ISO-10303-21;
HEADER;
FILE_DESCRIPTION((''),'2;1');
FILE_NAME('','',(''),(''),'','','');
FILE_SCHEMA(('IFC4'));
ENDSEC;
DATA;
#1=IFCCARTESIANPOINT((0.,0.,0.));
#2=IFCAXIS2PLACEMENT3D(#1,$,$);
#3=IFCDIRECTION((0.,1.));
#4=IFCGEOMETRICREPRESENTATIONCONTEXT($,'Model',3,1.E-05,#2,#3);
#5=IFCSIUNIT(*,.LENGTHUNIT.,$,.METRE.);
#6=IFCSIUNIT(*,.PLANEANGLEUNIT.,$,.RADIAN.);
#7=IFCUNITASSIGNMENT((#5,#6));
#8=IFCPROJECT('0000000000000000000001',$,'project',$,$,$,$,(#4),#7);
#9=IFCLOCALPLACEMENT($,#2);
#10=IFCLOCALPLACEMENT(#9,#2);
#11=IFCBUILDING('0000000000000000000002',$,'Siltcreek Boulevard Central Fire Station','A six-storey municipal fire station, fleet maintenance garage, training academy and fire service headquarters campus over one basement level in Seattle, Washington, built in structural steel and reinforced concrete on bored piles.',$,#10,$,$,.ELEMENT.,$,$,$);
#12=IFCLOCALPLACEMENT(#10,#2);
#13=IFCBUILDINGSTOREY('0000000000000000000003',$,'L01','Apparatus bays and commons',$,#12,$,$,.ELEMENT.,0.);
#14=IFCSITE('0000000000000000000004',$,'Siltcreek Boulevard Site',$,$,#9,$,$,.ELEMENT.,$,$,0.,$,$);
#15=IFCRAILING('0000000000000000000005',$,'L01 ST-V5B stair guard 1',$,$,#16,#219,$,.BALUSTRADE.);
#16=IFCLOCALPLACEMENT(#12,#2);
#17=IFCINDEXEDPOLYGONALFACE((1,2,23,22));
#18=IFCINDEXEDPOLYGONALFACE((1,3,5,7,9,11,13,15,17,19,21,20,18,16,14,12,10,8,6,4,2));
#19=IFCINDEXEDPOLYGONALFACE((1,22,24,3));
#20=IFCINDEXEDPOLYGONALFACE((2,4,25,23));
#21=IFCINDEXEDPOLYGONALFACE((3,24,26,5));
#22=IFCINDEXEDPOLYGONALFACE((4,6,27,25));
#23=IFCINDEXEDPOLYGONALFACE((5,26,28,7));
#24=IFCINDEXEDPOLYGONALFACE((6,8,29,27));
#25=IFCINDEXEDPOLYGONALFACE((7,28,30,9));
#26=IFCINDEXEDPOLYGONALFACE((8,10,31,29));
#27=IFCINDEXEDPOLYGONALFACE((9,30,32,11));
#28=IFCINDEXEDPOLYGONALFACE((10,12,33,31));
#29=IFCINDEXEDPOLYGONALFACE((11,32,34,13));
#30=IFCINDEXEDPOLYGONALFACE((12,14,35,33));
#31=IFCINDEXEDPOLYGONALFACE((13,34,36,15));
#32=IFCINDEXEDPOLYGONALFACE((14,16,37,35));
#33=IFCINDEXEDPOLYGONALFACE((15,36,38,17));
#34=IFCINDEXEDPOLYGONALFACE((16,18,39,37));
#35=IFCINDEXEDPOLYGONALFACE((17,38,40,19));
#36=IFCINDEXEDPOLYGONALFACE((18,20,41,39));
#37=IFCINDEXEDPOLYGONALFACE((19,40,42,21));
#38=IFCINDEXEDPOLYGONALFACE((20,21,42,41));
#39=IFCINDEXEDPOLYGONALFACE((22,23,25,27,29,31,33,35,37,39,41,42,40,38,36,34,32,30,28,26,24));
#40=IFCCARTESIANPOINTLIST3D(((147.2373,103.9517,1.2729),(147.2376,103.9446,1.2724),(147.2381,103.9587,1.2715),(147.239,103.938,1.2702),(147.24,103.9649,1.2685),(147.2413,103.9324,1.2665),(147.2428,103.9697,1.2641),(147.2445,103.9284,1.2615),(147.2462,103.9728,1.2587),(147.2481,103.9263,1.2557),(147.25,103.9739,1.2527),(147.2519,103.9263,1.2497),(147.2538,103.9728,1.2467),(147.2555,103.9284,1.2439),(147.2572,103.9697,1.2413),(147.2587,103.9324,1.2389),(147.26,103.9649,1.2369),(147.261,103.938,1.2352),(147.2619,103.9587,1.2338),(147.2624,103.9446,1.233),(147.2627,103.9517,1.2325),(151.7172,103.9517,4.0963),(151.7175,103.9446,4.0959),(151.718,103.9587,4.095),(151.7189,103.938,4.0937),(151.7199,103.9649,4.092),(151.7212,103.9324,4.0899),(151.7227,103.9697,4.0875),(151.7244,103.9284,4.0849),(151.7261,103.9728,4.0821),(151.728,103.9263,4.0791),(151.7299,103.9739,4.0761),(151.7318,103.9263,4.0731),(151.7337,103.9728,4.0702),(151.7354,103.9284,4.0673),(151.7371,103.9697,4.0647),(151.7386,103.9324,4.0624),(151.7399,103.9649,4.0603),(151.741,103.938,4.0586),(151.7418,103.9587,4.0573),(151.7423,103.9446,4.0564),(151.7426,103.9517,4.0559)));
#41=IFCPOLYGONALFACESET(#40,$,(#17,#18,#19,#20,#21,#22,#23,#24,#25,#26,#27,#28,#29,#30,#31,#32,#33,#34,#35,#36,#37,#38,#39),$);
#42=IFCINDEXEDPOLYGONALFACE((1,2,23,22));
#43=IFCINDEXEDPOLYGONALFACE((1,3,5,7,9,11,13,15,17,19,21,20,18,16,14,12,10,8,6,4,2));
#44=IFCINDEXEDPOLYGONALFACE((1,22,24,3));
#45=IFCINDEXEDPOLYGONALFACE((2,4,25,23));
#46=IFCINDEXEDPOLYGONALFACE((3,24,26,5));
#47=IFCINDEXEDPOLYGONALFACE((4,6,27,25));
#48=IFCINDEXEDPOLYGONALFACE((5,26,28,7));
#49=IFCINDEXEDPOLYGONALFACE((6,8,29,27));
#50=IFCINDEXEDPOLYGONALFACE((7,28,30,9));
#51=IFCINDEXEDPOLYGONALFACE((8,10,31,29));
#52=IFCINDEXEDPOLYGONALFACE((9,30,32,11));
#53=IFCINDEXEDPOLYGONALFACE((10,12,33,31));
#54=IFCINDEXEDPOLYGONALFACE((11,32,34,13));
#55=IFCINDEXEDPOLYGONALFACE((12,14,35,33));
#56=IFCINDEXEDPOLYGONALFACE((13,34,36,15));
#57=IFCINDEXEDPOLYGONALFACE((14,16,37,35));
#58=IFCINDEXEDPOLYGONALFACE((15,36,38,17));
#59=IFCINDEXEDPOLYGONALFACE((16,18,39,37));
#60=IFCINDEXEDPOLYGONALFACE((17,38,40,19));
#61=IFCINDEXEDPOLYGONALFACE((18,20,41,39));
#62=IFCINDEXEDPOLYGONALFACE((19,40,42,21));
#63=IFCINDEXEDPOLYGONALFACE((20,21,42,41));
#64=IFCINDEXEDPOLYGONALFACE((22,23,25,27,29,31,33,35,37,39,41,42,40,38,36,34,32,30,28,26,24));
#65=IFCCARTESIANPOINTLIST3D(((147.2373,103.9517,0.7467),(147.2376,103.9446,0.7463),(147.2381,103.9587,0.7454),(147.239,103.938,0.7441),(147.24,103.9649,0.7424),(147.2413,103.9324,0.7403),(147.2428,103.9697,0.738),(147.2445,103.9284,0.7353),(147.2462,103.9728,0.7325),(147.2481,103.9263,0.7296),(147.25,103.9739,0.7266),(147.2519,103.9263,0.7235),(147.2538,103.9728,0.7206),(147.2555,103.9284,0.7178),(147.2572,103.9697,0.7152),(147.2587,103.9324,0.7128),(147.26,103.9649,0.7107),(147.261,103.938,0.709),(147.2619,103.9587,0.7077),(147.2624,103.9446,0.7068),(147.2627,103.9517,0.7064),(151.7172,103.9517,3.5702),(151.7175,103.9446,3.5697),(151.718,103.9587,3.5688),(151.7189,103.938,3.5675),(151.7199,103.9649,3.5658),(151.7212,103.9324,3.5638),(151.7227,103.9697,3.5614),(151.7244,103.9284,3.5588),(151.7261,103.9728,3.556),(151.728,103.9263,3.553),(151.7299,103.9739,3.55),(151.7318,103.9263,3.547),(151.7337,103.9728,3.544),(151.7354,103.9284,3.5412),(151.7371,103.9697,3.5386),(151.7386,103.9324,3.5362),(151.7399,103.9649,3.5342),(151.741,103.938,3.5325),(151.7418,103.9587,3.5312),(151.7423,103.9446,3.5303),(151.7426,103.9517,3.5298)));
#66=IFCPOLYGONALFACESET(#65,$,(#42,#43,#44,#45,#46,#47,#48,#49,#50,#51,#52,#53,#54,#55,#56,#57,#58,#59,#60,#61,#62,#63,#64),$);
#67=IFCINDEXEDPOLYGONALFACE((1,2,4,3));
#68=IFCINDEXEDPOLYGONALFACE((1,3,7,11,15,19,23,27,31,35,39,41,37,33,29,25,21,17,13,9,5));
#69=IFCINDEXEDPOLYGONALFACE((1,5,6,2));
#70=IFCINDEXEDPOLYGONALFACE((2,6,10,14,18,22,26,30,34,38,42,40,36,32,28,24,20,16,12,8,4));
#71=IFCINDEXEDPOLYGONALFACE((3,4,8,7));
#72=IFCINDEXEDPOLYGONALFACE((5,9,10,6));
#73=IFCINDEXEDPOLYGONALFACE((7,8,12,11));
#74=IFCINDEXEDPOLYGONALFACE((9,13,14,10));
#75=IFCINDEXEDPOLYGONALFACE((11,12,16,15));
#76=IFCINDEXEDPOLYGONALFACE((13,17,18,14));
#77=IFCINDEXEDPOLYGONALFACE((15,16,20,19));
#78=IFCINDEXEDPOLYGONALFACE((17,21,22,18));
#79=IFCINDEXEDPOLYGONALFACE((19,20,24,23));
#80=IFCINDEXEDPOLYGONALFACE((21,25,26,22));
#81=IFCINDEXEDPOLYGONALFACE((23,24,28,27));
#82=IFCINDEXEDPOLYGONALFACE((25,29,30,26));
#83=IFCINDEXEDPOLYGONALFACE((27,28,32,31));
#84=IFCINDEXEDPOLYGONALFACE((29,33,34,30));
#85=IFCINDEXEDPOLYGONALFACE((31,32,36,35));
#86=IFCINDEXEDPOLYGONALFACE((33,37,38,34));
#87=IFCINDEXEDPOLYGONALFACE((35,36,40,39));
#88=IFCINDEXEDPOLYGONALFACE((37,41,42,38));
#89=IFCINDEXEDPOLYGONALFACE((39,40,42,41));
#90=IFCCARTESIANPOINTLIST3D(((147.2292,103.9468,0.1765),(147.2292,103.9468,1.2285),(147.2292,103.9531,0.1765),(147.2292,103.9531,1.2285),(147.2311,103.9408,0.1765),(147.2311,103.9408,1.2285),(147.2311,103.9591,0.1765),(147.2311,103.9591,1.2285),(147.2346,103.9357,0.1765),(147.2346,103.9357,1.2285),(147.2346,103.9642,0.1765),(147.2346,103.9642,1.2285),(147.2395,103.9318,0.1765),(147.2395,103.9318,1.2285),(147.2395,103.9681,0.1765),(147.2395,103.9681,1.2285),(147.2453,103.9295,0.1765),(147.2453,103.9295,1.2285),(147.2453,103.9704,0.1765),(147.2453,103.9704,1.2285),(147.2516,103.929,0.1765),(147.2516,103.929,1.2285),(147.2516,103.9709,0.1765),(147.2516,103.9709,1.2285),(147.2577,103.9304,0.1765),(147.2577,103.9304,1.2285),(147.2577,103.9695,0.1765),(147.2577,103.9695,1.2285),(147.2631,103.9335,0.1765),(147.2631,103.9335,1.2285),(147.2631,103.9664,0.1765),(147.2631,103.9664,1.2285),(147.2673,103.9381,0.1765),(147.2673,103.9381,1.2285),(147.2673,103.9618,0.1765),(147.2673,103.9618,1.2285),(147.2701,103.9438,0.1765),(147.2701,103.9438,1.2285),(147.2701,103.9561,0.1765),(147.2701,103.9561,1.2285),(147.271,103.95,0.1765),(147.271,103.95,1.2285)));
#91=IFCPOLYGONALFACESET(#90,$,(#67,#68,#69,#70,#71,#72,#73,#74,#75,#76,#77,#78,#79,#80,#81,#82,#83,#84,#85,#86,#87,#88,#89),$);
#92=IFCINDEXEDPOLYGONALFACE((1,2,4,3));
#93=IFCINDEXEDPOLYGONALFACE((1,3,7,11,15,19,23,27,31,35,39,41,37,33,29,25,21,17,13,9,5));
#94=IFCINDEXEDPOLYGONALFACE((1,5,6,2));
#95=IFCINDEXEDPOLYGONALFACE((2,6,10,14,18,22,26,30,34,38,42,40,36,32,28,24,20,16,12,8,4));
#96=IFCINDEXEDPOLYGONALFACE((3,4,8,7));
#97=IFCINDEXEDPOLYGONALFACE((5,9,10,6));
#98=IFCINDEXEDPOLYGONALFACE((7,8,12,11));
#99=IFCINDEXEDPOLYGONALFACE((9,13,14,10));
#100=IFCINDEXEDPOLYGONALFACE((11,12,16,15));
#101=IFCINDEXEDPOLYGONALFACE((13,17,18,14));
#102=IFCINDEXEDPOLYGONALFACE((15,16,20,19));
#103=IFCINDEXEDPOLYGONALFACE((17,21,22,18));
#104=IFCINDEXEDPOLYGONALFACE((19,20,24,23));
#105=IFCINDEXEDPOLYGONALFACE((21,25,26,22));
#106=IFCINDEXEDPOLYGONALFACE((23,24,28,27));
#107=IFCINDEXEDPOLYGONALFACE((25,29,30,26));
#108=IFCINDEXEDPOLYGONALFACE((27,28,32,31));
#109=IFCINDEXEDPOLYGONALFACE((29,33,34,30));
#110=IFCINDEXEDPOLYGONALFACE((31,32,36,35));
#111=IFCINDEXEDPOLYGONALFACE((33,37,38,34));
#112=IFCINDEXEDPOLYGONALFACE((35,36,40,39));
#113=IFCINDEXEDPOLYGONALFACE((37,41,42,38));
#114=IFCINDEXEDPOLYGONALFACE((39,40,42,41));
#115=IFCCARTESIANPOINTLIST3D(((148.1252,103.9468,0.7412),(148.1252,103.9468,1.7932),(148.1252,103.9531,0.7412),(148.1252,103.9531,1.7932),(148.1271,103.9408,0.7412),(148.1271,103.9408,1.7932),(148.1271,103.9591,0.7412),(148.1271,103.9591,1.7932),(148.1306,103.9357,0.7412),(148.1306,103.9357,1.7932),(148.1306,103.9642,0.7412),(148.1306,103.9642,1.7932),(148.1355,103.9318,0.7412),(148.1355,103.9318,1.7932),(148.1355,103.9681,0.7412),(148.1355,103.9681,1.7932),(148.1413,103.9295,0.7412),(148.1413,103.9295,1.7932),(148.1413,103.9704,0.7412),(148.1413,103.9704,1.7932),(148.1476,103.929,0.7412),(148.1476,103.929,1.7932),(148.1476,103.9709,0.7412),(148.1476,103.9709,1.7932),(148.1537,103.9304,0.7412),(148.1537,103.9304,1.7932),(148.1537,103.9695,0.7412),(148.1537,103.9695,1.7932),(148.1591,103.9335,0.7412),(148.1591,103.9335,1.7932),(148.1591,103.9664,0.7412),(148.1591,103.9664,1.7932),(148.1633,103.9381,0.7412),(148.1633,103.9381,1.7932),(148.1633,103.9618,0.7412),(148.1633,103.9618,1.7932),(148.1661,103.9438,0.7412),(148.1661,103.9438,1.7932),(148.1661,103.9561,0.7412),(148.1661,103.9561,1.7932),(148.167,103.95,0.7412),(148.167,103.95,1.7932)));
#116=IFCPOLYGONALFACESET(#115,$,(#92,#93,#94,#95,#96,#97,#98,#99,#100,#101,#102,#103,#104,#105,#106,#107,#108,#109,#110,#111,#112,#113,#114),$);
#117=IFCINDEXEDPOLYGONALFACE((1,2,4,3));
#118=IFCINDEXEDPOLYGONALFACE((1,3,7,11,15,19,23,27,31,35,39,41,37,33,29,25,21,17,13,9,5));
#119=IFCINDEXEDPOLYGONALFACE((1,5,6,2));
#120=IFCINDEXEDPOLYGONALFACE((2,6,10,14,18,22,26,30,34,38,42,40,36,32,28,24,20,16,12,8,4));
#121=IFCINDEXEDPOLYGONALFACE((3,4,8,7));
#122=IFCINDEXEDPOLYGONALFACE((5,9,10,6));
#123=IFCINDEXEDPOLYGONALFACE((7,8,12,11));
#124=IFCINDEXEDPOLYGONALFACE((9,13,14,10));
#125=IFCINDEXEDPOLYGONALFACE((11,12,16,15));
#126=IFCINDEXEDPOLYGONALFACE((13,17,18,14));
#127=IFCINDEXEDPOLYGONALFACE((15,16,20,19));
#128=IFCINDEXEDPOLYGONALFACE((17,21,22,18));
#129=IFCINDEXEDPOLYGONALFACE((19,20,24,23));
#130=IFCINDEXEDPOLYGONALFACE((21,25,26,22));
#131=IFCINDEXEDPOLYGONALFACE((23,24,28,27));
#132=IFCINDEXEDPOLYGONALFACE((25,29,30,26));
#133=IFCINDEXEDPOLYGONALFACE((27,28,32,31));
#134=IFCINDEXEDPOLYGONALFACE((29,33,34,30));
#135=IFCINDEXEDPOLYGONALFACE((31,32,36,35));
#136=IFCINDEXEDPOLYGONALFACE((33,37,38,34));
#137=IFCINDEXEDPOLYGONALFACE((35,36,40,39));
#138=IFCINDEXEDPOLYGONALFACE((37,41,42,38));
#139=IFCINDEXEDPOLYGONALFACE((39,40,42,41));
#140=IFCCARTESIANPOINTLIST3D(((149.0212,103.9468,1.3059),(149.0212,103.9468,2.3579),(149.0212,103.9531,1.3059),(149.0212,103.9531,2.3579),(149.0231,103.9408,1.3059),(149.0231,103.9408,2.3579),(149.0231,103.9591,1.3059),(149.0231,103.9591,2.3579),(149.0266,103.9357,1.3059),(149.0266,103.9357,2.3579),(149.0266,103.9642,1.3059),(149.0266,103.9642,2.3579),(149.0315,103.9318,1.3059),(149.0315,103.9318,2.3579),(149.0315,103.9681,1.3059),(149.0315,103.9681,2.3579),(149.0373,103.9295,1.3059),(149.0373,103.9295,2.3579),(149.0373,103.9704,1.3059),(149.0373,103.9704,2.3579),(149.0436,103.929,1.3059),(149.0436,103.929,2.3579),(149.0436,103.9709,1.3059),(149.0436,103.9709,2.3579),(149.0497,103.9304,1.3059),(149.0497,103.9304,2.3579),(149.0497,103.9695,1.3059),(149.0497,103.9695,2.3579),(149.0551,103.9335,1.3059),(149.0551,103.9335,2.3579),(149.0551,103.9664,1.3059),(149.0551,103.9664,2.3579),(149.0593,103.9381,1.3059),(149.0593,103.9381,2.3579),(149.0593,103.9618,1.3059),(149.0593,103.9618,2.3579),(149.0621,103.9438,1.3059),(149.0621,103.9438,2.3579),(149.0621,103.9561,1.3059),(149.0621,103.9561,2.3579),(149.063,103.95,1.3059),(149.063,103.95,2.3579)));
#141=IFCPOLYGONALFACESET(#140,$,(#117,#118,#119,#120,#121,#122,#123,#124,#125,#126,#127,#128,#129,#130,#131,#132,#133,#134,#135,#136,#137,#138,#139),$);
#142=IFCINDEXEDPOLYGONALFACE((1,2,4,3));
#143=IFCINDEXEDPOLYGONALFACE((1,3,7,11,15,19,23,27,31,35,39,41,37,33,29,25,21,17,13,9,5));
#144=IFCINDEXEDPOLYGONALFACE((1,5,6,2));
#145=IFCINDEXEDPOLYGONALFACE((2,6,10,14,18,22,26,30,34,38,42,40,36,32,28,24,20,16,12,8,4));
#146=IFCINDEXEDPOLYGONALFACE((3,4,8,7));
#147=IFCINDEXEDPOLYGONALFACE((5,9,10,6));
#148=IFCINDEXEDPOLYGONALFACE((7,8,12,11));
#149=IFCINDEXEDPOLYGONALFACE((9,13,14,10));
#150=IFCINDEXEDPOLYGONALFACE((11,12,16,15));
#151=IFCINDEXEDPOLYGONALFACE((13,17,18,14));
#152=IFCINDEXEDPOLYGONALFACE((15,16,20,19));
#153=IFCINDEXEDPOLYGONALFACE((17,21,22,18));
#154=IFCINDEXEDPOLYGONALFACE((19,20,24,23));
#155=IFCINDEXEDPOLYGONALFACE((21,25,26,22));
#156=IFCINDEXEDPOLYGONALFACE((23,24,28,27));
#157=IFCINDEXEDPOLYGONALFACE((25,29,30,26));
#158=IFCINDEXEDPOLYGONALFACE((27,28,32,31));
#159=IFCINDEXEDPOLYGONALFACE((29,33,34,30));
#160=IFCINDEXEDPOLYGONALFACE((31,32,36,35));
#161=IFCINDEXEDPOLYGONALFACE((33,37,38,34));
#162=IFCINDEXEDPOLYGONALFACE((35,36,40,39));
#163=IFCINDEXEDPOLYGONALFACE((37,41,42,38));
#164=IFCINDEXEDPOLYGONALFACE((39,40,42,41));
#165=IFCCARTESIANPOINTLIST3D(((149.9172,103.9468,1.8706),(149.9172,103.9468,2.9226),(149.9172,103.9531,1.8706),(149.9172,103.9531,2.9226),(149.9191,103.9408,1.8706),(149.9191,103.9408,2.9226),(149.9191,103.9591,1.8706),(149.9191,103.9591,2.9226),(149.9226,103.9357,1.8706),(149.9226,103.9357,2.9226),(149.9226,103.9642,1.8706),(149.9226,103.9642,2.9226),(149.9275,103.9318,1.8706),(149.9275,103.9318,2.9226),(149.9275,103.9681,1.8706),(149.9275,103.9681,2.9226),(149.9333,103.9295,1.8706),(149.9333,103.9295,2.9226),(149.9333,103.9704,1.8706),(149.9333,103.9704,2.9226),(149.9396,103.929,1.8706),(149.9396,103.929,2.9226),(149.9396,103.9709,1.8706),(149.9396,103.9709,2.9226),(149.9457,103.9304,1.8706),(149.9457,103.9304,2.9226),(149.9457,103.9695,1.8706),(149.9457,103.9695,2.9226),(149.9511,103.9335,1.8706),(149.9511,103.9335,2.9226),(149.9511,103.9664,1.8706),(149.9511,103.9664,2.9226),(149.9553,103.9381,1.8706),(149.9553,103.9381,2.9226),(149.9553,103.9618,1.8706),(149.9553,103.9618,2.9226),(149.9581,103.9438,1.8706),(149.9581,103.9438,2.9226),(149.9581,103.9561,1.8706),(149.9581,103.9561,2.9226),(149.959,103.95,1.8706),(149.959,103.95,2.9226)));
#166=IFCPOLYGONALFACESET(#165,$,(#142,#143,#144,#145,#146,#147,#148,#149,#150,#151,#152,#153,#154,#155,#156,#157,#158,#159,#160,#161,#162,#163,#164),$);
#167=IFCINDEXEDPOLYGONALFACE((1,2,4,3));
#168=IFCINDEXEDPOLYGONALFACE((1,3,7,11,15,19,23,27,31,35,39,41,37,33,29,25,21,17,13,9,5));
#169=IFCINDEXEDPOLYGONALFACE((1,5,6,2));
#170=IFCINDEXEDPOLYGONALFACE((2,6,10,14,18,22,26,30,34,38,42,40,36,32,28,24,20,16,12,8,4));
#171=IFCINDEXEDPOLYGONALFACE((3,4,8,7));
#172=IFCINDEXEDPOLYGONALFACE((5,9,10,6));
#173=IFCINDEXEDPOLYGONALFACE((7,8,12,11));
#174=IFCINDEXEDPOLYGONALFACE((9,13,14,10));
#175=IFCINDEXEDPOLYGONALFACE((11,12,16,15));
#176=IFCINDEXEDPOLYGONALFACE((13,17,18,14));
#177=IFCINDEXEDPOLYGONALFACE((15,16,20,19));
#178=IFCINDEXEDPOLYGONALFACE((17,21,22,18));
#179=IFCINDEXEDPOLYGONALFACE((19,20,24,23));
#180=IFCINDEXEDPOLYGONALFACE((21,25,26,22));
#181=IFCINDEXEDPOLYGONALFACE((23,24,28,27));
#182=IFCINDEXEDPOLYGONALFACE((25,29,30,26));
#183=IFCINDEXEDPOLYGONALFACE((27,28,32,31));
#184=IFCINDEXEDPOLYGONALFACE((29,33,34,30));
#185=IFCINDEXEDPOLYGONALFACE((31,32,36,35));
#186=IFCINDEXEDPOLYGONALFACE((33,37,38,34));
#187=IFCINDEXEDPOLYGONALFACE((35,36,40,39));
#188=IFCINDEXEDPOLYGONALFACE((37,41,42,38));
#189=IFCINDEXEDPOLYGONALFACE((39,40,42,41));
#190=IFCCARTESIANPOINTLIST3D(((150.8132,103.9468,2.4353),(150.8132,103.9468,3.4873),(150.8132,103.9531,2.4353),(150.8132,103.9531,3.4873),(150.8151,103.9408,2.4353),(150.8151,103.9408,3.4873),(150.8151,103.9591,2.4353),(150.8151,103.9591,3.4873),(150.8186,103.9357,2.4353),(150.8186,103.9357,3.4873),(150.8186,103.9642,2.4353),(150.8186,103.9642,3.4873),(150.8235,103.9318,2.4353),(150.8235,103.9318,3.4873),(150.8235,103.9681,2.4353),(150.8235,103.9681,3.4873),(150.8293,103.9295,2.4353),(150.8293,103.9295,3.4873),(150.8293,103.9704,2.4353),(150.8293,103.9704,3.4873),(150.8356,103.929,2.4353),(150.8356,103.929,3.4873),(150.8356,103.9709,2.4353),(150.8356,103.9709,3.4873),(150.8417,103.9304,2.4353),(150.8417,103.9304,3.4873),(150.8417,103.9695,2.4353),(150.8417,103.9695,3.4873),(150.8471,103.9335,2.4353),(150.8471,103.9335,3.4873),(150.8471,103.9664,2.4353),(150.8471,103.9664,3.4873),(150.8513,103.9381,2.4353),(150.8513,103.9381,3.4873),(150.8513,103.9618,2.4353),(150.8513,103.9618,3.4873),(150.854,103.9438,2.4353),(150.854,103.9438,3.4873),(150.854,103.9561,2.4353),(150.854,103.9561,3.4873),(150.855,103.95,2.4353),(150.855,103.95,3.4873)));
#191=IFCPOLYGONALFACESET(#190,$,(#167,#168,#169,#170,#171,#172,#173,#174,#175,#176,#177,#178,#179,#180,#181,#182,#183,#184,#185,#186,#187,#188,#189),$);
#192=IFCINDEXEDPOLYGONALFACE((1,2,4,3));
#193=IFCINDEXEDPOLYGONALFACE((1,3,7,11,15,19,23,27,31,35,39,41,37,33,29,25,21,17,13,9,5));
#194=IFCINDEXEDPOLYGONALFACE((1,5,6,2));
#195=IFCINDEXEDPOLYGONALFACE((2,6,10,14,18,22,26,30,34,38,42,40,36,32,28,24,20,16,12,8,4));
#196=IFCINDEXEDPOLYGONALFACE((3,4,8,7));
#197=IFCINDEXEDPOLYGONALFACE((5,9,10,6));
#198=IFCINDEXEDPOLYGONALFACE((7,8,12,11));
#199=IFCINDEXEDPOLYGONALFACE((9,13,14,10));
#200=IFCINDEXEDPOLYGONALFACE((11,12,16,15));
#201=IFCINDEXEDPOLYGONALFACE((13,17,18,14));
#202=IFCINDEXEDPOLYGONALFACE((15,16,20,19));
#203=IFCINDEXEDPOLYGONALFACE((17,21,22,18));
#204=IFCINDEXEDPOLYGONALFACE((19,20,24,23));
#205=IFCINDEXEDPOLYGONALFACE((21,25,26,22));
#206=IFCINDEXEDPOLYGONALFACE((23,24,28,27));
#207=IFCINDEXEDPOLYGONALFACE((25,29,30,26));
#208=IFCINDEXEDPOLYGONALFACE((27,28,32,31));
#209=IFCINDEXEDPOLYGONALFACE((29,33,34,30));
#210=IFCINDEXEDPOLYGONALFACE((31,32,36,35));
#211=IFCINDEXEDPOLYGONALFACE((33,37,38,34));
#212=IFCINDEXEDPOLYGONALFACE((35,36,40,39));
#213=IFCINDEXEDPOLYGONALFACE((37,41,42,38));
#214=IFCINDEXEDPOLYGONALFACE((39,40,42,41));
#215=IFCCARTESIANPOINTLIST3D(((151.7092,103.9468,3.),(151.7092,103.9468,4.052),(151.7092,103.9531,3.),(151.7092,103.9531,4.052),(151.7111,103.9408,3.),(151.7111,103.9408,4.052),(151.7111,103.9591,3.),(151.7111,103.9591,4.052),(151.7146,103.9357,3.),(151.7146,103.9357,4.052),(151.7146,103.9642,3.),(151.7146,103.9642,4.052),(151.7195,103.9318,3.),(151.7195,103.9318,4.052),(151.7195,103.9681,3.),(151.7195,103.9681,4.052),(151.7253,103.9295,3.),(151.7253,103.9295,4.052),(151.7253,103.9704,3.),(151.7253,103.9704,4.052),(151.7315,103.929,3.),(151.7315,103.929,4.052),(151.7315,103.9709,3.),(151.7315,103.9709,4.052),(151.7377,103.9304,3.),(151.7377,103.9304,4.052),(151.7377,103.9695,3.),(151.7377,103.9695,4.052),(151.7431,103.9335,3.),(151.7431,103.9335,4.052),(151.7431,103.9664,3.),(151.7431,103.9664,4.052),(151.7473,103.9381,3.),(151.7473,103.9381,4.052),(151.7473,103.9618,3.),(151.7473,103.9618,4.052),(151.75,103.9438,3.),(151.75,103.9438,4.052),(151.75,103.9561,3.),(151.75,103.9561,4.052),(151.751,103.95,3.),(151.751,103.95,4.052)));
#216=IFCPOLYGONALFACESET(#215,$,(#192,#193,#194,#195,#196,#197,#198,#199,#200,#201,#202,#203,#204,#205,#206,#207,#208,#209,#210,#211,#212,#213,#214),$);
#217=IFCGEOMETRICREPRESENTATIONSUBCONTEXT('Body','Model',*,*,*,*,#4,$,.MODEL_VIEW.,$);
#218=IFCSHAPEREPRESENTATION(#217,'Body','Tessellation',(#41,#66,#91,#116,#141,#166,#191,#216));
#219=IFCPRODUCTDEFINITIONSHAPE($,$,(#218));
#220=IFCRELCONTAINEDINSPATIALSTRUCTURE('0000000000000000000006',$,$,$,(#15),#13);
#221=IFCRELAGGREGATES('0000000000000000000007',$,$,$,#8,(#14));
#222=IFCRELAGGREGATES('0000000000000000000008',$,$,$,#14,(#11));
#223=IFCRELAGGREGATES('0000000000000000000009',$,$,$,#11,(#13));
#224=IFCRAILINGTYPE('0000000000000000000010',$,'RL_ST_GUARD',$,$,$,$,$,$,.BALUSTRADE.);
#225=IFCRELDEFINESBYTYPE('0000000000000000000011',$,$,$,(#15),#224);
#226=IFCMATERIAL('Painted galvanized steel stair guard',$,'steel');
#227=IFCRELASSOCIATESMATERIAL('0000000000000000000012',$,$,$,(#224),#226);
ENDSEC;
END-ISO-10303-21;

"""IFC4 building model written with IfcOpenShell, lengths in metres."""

from ifc_helpers import new_model, si_unit, direction, frame, origin, origin_2d, place, context, subcontext, project, spatial, circle, extrude, material, type_object, element, save


model = new_model("IFC4")

# Units and contexts
model_context = context("Model", 3, precision=1e-05, world=origin(), true_north=direction((0.0, 1.0)))
body_context = subcontext(model_context, "Body", "Model", "MODEL_VIEW")
ifc_project = project(units=[si_unit("LENGTHUNIT", "METRE"), si_unit("PLANEANGLEUNIT", "RADIAN")], contexts=[model_context])

# Site, building, storey
site_placement = place(None, origin())
site = spatial("IfcSite", under=ifc_project, at=site_placement, Name="Siltcreek Boulevard Site", CompositionType="ELEMENT", RefElevation=0.0)
building_placement = place(site_placement, origin())
building = spatial("IfcBuilding", under=site, at=building_placement, Name="Siltcreek Boulevard Central Fire Station", Description="A six-storey municipal fire station, fleet maintenance garage, training academy and fire service headquarters campus over one basement level in Seattle, Washington, built in structural steel and reinforced concrete on bored piles.", CompositionType="ELEMENT")
storey_placement = place(building_placement, origin())
storey = spatial("IfcBuildingStorey", under=building, at=storey_placement, Name="L01", Description="Apparatus bays and commons", CompositionType="ELEMENT", Elevation=0.0)

# Railing
ifc_material_1 = material(Name="Painted galvanized steel stair guard", Category="steel")
railing_type_1 = type_object("IfcRailingType", Name="RL_ST_GUARD", PredefinedType="BALUSTRADE", material=ifc_material_1)
railing_1_placement = place(storey_placement, frame((147.25, 103.95, 0.1765)))
element("IfcRailing", 1, at=railing_1_placement, inside=storey, type_object=railing_type_1, Name="L01 ST-V5B stair guard 1", PredefinedType="BALUSTRADE", context=body_context, shape_type="SweptSolid", body=[
    extrude(circle(Radius=0.0239, at=origin_2d()), frame((0.0, 0.0, 1.0762), z_axis=(0.845998, 0.0, 0.533186), x_axis=(0.0, 1.0, 0.0)), (0.0, 0.0, 1.0), 5.2954),
    extrude(circle(Radius=0.0239, at=origin_2d()), frame((0.0, 0.0, 0.55), z_axis=(0.845998, 0.0, 0.533186), x_axis=(0.0, 1.0, 0.0)), (0.0, 0.0, 1.0), 5.2954),
    extrude(circle(Radius=0.021, at=origin_2d()), origin(), (0.0, 0.0, 1.0), 1.052),
    extrude(circle(Radius=0.021, at=origin_2d()), frame((0.896, 0.0, 0.5647)), (0.0, 0.0, 1.0), 1.052),
    extrude(circle(Radius=0.021, at=origin_2d()), frame((1.792, 0.0, 1.1294)), (0.0, 0.0, 1.0), 1.052),
    extrude(circle(Radius=0.021, at=origin_2d()), frame((2.688, 0.0, 1.6941)), (0.0, 0.0, 1.0), 1.052),
    extrude(circle(Radius=0.021, at=origin_2d()), frame((3.584, 0.0, 2.2588)), (0.0, 0.0, 1.0), 1.052),
    extrude(circle(Radius=0.021, at=origin_2d()), frame((4.48, 0.0, 2.8235)), (0.0, 0.0, 1.0), 1.052),
])

save(model, "model.ifc")
